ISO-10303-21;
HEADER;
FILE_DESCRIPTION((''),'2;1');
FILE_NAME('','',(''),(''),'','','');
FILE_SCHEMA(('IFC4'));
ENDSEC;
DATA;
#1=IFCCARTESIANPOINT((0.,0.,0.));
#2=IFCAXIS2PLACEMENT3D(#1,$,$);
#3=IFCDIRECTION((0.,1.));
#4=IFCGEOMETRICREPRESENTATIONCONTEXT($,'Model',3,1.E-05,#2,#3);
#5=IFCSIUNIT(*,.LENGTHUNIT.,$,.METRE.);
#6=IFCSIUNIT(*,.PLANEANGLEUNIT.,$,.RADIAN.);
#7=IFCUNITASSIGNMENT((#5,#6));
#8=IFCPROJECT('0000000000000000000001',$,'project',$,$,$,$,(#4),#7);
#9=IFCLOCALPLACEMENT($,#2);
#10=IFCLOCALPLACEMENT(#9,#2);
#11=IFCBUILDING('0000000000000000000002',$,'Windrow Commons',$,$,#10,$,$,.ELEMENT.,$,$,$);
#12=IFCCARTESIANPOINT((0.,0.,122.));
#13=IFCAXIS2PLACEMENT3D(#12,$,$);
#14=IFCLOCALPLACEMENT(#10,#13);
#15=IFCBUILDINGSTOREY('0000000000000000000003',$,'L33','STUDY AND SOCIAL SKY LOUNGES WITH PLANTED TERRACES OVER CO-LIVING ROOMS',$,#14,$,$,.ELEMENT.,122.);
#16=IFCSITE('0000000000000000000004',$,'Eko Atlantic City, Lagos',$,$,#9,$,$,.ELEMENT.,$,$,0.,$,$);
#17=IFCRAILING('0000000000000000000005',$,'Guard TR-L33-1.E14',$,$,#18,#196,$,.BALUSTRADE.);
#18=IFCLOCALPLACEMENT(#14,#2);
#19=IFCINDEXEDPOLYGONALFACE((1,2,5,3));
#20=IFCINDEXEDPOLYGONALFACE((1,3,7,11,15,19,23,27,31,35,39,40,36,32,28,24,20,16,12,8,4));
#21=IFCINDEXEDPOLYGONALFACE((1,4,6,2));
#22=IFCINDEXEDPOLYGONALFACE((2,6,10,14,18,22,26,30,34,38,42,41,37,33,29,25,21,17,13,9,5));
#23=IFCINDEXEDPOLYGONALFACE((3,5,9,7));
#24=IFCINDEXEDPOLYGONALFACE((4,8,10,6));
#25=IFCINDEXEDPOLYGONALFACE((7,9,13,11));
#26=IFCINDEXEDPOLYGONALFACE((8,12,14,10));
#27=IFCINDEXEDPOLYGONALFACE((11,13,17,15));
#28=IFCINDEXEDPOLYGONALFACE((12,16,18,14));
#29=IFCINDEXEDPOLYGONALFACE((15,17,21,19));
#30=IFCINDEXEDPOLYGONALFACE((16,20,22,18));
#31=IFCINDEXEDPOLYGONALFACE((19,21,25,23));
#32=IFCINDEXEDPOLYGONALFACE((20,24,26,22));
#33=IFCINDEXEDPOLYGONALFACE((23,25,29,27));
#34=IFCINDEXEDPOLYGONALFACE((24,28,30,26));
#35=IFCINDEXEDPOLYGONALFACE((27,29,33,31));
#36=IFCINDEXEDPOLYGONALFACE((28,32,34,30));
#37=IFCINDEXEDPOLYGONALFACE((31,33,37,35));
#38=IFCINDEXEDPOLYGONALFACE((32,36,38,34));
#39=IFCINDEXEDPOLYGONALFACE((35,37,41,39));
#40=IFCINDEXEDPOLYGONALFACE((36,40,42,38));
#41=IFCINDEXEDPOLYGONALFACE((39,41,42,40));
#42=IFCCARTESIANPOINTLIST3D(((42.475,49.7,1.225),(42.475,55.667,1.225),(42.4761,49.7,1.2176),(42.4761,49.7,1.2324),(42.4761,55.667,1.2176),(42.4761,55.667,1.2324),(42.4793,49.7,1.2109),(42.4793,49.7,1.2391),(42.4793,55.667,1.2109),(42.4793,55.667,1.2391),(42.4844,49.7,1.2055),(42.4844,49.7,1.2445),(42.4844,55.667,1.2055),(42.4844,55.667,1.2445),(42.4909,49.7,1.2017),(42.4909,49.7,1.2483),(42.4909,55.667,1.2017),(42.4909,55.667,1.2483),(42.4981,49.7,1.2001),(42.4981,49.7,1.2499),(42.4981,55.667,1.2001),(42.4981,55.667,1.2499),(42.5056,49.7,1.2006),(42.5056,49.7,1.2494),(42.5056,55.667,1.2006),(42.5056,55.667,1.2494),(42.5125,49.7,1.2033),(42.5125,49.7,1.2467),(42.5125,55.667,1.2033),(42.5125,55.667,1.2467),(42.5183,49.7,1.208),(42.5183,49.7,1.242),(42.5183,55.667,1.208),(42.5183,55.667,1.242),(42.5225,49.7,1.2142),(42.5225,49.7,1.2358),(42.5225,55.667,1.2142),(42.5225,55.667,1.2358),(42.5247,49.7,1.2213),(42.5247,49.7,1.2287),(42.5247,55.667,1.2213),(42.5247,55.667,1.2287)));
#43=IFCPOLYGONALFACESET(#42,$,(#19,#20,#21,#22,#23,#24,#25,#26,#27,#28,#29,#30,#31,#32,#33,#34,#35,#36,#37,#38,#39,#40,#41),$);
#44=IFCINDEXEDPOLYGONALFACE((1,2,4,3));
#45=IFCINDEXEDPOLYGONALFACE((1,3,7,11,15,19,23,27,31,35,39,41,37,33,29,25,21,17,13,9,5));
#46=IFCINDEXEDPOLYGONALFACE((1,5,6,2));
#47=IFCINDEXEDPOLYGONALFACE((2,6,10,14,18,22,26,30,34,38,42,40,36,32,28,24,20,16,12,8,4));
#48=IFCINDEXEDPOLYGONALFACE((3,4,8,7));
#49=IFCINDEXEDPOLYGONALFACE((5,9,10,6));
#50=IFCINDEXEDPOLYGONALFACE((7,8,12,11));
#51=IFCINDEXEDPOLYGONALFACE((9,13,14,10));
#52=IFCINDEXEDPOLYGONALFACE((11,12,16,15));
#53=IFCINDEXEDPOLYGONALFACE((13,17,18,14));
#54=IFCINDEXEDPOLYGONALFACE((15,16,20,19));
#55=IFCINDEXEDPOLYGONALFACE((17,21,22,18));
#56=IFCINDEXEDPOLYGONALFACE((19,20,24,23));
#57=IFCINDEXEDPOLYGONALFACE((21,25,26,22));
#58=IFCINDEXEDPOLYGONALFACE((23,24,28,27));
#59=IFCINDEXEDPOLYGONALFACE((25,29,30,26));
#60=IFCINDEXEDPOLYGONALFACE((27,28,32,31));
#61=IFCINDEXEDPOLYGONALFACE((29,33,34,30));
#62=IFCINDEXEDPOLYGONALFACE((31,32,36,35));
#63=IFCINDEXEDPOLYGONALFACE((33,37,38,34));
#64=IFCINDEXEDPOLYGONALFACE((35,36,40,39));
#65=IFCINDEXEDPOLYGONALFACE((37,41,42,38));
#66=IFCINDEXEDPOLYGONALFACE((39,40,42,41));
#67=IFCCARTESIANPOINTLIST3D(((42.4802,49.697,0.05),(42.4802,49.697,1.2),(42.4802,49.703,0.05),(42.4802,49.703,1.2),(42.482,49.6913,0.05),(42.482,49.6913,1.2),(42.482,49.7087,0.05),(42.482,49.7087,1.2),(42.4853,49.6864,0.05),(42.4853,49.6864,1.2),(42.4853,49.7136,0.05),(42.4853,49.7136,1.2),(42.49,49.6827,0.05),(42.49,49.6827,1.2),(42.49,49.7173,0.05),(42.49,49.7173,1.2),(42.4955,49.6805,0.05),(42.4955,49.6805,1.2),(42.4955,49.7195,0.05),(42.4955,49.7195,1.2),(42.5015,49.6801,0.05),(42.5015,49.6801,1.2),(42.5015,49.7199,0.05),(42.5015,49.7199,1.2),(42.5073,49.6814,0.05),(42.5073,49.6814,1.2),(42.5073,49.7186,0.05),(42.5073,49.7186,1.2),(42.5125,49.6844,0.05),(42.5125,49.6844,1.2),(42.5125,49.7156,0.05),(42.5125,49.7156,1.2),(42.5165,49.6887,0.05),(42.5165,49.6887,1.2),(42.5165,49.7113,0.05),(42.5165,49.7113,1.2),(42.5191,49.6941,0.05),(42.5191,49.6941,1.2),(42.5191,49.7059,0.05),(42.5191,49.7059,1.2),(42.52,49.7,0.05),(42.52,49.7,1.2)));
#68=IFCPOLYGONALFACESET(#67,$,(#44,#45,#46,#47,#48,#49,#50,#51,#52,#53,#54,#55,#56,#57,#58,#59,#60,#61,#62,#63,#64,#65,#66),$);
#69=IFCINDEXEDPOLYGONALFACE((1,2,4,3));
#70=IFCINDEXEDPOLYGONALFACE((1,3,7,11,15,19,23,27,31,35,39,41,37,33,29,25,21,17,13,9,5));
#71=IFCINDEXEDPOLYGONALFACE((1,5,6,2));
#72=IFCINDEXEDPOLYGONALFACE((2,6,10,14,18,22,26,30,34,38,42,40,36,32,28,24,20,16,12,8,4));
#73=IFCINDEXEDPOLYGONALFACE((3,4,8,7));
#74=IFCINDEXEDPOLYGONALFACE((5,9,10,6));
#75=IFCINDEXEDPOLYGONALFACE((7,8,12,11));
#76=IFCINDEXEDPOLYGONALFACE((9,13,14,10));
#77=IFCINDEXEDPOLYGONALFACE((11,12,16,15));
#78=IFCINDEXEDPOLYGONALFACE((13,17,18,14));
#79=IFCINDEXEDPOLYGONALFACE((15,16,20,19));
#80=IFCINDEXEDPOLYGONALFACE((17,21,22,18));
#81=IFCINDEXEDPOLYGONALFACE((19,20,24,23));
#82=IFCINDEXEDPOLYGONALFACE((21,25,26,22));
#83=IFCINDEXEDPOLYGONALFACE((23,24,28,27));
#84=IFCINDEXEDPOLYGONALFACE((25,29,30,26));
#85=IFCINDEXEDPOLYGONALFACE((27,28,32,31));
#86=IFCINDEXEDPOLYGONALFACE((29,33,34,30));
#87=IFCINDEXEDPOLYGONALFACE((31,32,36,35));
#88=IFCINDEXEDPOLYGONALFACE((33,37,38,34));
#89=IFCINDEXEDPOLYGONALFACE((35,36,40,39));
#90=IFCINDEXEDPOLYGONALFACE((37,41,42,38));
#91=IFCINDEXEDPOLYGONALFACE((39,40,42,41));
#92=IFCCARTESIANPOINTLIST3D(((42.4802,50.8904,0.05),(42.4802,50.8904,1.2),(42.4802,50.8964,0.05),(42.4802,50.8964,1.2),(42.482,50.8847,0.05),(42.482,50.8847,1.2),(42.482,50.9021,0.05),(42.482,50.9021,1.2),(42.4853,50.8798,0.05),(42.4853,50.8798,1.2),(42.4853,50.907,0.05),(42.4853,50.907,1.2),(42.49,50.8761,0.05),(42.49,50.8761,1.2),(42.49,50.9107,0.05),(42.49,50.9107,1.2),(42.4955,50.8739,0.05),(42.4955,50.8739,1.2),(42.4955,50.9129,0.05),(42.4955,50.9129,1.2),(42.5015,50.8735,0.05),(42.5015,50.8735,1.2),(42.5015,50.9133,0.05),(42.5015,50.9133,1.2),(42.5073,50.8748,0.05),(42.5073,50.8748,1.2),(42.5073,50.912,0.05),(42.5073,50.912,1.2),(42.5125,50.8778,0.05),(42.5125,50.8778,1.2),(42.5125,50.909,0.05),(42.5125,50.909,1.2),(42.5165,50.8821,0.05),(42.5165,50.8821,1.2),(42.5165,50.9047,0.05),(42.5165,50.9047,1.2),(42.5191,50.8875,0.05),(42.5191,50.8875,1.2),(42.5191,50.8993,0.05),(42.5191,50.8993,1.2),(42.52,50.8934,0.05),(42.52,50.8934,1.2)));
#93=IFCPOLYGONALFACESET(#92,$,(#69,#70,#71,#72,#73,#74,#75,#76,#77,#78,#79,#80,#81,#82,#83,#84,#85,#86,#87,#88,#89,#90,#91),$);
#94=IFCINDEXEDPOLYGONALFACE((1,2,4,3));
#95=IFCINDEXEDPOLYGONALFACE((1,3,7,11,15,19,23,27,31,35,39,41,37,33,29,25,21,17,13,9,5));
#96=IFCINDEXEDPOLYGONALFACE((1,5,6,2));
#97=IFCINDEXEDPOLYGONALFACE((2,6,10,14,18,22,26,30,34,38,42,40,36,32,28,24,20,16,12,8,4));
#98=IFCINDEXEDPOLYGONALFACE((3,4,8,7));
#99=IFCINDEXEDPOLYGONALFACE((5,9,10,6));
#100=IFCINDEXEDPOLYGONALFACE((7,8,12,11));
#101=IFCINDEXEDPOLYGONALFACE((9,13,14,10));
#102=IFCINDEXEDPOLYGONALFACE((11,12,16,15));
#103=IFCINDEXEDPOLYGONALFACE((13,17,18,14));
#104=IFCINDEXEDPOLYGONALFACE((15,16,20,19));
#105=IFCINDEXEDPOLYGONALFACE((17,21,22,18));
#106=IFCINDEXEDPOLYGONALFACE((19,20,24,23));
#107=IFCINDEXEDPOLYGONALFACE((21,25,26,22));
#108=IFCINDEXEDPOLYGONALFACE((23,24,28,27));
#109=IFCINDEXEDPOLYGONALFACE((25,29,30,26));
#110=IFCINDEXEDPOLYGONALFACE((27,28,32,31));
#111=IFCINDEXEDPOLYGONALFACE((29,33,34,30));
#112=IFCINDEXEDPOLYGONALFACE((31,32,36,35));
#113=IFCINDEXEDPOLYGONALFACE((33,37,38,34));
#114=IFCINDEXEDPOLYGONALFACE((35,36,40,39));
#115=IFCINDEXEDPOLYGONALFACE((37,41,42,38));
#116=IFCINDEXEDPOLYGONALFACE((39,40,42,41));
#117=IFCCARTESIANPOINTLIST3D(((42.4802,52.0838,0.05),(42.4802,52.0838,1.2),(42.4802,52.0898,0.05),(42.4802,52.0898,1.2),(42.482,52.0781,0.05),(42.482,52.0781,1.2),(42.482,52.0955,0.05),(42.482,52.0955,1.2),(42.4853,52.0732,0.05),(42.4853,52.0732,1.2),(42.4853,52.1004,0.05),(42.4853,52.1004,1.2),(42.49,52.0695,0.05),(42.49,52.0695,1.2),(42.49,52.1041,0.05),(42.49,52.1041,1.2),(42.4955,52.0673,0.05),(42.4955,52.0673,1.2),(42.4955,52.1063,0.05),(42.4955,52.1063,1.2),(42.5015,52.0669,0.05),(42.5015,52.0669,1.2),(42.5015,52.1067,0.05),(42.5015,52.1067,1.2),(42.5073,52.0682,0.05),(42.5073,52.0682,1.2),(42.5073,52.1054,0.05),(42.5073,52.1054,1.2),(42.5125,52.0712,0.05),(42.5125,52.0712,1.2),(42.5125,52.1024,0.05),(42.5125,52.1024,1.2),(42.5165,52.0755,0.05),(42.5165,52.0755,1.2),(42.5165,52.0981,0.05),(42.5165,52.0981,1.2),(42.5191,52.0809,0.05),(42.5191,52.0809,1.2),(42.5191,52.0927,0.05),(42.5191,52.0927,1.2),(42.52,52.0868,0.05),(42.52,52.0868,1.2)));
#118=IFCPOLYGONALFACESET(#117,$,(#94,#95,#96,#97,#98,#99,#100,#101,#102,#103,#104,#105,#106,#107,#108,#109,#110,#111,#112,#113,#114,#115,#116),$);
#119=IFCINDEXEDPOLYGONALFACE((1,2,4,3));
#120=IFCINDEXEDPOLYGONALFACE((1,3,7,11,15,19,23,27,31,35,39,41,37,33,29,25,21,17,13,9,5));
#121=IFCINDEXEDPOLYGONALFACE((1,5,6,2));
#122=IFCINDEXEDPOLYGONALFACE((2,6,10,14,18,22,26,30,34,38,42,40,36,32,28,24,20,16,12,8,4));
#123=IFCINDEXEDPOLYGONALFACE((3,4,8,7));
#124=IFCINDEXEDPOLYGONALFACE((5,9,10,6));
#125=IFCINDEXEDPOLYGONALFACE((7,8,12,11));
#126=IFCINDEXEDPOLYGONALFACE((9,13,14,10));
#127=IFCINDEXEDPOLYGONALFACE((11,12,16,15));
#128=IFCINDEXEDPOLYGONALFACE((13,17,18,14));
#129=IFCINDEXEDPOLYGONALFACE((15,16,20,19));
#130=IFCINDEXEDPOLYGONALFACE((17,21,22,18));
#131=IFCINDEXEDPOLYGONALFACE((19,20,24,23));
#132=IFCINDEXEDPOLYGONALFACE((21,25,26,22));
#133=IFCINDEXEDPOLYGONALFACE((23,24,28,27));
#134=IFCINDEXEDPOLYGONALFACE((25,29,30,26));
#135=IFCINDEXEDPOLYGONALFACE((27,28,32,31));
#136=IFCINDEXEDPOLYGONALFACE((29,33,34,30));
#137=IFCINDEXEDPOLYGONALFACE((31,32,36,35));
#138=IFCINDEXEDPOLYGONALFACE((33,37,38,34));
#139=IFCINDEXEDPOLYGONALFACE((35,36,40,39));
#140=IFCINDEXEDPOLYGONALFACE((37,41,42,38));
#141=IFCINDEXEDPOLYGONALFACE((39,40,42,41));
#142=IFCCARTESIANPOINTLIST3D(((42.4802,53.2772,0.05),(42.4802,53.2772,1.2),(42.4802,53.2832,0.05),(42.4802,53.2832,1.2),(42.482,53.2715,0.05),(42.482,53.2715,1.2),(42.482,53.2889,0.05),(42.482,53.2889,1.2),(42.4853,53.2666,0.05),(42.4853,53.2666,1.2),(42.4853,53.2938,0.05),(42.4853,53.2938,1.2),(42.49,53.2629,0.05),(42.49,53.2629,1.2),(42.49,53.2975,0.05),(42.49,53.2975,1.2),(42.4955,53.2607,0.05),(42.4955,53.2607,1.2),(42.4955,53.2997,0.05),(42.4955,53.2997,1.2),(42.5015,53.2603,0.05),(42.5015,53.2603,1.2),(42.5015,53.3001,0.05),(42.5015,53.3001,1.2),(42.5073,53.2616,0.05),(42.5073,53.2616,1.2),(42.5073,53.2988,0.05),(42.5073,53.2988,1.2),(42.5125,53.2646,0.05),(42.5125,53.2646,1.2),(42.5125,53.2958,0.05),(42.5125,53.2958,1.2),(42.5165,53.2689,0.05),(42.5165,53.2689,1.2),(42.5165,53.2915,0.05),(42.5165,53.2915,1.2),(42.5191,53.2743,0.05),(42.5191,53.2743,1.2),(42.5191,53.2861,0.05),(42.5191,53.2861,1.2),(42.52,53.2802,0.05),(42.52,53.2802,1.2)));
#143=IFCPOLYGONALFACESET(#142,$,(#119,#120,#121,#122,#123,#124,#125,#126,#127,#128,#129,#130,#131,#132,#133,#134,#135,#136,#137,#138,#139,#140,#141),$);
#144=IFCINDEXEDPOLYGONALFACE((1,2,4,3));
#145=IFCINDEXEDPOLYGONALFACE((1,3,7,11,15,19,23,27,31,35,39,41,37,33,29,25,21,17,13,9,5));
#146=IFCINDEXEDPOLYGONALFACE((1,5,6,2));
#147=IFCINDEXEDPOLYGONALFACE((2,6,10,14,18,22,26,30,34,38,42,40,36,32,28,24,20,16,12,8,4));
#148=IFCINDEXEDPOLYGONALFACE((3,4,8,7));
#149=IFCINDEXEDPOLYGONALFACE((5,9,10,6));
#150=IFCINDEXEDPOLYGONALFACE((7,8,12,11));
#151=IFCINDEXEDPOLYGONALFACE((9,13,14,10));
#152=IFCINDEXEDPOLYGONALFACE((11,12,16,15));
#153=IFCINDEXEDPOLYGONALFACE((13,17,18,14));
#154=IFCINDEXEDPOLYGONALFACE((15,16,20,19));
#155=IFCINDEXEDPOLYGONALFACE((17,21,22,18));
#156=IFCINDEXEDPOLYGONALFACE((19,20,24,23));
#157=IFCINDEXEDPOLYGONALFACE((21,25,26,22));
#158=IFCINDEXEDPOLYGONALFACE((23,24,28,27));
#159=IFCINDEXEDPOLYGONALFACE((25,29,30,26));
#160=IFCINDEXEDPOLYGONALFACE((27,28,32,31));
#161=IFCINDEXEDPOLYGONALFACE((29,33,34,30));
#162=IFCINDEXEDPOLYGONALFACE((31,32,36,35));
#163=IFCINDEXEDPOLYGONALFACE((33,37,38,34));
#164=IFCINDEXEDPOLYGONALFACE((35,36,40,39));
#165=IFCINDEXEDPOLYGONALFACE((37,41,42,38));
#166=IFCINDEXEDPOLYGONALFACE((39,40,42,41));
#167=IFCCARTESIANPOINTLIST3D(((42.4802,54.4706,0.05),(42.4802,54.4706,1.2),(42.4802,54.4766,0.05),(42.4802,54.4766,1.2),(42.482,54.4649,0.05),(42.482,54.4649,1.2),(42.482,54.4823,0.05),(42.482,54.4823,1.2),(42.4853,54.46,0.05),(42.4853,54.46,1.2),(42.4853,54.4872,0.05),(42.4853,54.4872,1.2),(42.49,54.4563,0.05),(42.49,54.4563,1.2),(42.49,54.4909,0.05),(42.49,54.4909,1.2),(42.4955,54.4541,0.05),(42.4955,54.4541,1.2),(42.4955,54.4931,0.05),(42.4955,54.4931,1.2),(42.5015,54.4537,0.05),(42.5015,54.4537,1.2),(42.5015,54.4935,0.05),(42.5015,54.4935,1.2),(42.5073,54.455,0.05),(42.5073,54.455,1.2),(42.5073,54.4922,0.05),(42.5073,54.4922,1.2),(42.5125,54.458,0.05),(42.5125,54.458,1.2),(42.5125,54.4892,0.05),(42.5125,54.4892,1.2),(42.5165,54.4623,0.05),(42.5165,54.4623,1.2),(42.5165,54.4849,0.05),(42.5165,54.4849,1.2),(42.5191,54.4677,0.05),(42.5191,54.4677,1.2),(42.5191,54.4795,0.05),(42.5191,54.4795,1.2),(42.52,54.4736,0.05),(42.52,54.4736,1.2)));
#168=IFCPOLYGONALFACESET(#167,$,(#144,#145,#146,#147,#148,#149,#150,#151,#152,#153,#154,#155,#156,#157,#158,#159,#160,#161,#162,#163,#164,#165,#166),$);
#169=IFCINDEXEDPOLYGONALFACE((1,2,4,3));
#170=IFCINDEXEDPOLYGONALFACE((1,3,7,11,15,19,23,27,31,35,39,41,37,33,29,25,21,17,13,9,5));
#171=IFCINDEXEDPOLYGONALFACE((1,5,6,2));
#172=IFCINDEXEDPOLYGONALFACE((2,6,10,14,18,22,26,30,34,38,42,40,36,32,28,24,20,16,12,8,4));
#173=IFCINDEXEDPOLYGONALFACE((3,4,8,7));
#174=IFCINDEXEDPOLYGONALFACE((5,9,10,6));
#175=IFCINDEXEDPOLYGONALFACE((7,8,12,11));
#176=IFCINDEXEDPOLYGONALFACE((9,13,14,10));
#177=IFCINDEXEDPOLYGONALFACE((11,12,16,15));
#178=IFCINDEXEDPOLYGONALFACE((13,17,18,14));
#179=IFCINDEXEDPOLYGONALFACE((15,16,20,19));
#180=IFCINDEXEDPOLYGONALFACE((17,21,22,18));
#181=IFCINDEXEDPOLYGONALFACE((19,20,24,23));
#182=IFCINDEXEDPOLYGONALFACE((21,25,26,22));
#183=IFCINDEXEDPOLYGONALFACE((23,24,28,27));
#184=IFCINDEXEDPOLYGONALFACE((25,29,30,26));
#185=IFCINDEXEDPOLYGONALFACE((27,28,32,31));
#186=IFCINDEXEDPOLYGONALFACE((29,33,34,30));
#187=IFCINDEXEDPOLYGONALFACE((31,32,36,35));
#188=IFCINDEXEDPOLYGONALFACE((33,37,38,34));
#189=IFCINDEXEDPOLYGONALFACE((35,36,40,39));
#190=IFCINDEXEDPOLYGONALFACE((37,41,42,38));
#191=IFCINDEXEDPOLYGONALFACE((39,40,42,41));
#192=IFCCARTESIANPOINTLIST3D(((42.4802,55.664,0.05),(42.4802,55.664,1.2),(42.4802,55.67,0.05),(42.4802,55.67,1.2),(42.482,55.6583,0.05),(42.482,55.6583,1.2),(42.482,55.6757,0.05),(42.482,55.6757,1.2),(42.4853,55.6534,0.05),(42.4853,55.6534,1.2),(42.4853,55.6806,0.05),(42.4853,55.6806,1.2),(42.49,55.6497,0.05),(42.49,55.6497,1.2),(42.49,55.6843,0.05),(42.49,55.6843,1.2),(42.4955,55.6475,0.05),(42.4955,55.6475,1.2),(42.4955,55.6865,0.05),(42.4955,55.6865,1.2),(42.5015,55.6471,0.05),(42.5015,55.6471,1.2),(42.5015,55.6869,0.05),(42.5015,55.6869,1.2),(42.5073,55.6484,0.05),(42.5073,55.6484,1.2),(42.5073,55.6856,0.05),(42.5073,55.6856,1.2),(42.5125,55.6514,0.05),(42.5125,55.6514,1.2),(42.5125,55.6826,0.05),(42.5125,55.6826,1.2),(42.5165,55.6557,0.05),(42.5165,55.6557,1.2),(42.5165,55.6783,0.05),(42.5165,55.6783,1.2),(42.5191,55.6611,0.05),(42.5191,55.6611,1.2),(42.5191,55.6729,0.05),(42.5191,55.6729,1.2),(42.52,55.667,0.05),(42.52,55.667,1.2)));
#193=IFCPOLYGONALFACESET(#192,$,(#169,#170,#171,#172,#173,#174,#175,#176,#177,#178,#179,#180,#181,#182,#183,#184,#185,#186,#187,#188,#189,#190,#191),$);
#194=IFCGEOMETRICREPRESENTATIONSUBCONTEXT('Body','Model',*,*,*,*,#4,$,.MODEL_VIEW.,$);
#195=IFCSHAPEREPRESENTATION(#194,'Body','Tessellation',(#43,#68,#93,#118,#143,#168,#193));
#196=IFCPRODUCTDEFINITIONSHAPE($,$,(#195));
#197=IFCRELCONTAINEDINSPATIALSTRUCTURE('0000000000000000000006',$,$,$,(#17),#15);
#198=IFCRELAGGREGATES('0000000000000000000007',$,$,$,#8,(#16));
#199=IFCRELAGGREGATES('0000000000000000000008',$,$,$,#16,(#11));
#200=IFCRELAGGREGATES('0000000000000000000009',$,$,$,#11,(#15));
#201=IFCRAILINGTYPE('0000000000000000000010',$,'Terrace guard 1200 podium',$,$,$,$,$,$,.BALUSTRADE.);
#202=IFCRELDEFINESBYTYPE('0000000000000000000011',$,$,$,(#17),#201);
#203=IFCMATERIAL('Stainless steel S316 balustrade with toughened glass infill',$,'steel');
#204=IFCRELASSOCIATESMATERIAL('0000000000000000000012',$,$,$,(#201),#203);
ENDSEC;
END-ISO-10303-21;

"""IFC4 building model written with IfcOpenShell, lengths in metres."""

from ifc_helpers import new_model, si_unit, direction, frame, origin, origin_2d, place, context, subcontext, project, spatial, circle, extrude, material, type_object, element, save


model = new_model("IFC4")

# Units and contexts
model_context = context("Model", 3, precision=1e-05, world=origin(), true_north=direction((0.0, 1.0)))
body_context = subcontext(model_context, "Body", "Model", "MODEL_VIEW")
ifc_project = project(units=[si_unit("LENGTHUNIT", "METRE"), si_unit("PLANEANGLEUNIT", "RADIAN")], contexts=[model_context])

# Site, building, storey
site_placement = place(None, origin())
site = spatial("IfcSite", under=ifc_project, at=site_placement, Name="Eko Atlantic City, Lagos", CompositionType="ELEMENT", RefElevation=0.0)
building_placement = place(site_placement, origin())
building = spatial("IfcBuilding", under=site, at=building_placement, Name="Windrow Commons", CompositionType="ELEMENT")
storey_placement = place(building_placement, frame((0.0, 0.0, 122.0)))
storey = spatial("IfcBuildingStorey", under=building, at=storey_placement, Name="L33", Description="STUDY AND SOCIAL SKY LOUNGES WITH PLANTED TERRACES OVER CO-LIVING ROOMS", CompositionType="ELEMENT", Elevation=122.0)

# Railing
ifc_material_1 = material(Name="Stainless steel S316 balustrade with toughened glass infill", Category="steel")
railing_type = type_object("IfcRailingType", Name="Terrace guard 1200 podium", PredefinedType="BALUSTRADE", material=ifc_material_1)
railing_1_placement = place(storey_placement, frame((42.5, 49.7, 0.05)))
element("IfcRailing", 1, at=railing_1_placement, inside=storey, type_object=railing_type, Name="Guard TR-L33-1.E14", PredefinedType="BALUSTRADE", context=body_context, shape_type="SweptSolid", body=[
    extrude(circle(Radius=0.025, at=origin_2d()), frame((0.0, 0.0, 1.175), z_axis=(0.0, 1.0, 0.0), x_axis=(-1.0, 0.0, 0.0)), (0.0, 0.0, 1.0), 5.967),
    extrude(circle(Radius=0.02, at=origin_2d()), origin(), (0.0, 0.0, 1.0), 1.15),
    extrude(circle(Radius=0.02, at=origin_2d()), frame((0.0, 1.1934, 0.0)), (0.0, 0.0, 1.0), 1.15),
    extrude(circle(Radius=0.02, at=origin_2d()), frame((0.0, 2.3868, 0.0)), (0.0, 0.0, 1.0), 1.15),
    extrude(circle(Radius=0.02, at=origin_2d()), frame((0.0, 3.5802, 0.0)), (0.0, 0.0, 1.0), 1.15),
    extrude(circle(Radius=0.02, at=origin_2d()), frame((0.0, 4.7736, 0.0)), (0.0, 0.0, 1.0), 1.15),
    extrude(circle(Radius=0.02, at=origin_2d()), frame((0.0, 5.967, 0.0)), (0.0, 0.0, 1.0), 1.15),
])

save(model, "model.ifc")
